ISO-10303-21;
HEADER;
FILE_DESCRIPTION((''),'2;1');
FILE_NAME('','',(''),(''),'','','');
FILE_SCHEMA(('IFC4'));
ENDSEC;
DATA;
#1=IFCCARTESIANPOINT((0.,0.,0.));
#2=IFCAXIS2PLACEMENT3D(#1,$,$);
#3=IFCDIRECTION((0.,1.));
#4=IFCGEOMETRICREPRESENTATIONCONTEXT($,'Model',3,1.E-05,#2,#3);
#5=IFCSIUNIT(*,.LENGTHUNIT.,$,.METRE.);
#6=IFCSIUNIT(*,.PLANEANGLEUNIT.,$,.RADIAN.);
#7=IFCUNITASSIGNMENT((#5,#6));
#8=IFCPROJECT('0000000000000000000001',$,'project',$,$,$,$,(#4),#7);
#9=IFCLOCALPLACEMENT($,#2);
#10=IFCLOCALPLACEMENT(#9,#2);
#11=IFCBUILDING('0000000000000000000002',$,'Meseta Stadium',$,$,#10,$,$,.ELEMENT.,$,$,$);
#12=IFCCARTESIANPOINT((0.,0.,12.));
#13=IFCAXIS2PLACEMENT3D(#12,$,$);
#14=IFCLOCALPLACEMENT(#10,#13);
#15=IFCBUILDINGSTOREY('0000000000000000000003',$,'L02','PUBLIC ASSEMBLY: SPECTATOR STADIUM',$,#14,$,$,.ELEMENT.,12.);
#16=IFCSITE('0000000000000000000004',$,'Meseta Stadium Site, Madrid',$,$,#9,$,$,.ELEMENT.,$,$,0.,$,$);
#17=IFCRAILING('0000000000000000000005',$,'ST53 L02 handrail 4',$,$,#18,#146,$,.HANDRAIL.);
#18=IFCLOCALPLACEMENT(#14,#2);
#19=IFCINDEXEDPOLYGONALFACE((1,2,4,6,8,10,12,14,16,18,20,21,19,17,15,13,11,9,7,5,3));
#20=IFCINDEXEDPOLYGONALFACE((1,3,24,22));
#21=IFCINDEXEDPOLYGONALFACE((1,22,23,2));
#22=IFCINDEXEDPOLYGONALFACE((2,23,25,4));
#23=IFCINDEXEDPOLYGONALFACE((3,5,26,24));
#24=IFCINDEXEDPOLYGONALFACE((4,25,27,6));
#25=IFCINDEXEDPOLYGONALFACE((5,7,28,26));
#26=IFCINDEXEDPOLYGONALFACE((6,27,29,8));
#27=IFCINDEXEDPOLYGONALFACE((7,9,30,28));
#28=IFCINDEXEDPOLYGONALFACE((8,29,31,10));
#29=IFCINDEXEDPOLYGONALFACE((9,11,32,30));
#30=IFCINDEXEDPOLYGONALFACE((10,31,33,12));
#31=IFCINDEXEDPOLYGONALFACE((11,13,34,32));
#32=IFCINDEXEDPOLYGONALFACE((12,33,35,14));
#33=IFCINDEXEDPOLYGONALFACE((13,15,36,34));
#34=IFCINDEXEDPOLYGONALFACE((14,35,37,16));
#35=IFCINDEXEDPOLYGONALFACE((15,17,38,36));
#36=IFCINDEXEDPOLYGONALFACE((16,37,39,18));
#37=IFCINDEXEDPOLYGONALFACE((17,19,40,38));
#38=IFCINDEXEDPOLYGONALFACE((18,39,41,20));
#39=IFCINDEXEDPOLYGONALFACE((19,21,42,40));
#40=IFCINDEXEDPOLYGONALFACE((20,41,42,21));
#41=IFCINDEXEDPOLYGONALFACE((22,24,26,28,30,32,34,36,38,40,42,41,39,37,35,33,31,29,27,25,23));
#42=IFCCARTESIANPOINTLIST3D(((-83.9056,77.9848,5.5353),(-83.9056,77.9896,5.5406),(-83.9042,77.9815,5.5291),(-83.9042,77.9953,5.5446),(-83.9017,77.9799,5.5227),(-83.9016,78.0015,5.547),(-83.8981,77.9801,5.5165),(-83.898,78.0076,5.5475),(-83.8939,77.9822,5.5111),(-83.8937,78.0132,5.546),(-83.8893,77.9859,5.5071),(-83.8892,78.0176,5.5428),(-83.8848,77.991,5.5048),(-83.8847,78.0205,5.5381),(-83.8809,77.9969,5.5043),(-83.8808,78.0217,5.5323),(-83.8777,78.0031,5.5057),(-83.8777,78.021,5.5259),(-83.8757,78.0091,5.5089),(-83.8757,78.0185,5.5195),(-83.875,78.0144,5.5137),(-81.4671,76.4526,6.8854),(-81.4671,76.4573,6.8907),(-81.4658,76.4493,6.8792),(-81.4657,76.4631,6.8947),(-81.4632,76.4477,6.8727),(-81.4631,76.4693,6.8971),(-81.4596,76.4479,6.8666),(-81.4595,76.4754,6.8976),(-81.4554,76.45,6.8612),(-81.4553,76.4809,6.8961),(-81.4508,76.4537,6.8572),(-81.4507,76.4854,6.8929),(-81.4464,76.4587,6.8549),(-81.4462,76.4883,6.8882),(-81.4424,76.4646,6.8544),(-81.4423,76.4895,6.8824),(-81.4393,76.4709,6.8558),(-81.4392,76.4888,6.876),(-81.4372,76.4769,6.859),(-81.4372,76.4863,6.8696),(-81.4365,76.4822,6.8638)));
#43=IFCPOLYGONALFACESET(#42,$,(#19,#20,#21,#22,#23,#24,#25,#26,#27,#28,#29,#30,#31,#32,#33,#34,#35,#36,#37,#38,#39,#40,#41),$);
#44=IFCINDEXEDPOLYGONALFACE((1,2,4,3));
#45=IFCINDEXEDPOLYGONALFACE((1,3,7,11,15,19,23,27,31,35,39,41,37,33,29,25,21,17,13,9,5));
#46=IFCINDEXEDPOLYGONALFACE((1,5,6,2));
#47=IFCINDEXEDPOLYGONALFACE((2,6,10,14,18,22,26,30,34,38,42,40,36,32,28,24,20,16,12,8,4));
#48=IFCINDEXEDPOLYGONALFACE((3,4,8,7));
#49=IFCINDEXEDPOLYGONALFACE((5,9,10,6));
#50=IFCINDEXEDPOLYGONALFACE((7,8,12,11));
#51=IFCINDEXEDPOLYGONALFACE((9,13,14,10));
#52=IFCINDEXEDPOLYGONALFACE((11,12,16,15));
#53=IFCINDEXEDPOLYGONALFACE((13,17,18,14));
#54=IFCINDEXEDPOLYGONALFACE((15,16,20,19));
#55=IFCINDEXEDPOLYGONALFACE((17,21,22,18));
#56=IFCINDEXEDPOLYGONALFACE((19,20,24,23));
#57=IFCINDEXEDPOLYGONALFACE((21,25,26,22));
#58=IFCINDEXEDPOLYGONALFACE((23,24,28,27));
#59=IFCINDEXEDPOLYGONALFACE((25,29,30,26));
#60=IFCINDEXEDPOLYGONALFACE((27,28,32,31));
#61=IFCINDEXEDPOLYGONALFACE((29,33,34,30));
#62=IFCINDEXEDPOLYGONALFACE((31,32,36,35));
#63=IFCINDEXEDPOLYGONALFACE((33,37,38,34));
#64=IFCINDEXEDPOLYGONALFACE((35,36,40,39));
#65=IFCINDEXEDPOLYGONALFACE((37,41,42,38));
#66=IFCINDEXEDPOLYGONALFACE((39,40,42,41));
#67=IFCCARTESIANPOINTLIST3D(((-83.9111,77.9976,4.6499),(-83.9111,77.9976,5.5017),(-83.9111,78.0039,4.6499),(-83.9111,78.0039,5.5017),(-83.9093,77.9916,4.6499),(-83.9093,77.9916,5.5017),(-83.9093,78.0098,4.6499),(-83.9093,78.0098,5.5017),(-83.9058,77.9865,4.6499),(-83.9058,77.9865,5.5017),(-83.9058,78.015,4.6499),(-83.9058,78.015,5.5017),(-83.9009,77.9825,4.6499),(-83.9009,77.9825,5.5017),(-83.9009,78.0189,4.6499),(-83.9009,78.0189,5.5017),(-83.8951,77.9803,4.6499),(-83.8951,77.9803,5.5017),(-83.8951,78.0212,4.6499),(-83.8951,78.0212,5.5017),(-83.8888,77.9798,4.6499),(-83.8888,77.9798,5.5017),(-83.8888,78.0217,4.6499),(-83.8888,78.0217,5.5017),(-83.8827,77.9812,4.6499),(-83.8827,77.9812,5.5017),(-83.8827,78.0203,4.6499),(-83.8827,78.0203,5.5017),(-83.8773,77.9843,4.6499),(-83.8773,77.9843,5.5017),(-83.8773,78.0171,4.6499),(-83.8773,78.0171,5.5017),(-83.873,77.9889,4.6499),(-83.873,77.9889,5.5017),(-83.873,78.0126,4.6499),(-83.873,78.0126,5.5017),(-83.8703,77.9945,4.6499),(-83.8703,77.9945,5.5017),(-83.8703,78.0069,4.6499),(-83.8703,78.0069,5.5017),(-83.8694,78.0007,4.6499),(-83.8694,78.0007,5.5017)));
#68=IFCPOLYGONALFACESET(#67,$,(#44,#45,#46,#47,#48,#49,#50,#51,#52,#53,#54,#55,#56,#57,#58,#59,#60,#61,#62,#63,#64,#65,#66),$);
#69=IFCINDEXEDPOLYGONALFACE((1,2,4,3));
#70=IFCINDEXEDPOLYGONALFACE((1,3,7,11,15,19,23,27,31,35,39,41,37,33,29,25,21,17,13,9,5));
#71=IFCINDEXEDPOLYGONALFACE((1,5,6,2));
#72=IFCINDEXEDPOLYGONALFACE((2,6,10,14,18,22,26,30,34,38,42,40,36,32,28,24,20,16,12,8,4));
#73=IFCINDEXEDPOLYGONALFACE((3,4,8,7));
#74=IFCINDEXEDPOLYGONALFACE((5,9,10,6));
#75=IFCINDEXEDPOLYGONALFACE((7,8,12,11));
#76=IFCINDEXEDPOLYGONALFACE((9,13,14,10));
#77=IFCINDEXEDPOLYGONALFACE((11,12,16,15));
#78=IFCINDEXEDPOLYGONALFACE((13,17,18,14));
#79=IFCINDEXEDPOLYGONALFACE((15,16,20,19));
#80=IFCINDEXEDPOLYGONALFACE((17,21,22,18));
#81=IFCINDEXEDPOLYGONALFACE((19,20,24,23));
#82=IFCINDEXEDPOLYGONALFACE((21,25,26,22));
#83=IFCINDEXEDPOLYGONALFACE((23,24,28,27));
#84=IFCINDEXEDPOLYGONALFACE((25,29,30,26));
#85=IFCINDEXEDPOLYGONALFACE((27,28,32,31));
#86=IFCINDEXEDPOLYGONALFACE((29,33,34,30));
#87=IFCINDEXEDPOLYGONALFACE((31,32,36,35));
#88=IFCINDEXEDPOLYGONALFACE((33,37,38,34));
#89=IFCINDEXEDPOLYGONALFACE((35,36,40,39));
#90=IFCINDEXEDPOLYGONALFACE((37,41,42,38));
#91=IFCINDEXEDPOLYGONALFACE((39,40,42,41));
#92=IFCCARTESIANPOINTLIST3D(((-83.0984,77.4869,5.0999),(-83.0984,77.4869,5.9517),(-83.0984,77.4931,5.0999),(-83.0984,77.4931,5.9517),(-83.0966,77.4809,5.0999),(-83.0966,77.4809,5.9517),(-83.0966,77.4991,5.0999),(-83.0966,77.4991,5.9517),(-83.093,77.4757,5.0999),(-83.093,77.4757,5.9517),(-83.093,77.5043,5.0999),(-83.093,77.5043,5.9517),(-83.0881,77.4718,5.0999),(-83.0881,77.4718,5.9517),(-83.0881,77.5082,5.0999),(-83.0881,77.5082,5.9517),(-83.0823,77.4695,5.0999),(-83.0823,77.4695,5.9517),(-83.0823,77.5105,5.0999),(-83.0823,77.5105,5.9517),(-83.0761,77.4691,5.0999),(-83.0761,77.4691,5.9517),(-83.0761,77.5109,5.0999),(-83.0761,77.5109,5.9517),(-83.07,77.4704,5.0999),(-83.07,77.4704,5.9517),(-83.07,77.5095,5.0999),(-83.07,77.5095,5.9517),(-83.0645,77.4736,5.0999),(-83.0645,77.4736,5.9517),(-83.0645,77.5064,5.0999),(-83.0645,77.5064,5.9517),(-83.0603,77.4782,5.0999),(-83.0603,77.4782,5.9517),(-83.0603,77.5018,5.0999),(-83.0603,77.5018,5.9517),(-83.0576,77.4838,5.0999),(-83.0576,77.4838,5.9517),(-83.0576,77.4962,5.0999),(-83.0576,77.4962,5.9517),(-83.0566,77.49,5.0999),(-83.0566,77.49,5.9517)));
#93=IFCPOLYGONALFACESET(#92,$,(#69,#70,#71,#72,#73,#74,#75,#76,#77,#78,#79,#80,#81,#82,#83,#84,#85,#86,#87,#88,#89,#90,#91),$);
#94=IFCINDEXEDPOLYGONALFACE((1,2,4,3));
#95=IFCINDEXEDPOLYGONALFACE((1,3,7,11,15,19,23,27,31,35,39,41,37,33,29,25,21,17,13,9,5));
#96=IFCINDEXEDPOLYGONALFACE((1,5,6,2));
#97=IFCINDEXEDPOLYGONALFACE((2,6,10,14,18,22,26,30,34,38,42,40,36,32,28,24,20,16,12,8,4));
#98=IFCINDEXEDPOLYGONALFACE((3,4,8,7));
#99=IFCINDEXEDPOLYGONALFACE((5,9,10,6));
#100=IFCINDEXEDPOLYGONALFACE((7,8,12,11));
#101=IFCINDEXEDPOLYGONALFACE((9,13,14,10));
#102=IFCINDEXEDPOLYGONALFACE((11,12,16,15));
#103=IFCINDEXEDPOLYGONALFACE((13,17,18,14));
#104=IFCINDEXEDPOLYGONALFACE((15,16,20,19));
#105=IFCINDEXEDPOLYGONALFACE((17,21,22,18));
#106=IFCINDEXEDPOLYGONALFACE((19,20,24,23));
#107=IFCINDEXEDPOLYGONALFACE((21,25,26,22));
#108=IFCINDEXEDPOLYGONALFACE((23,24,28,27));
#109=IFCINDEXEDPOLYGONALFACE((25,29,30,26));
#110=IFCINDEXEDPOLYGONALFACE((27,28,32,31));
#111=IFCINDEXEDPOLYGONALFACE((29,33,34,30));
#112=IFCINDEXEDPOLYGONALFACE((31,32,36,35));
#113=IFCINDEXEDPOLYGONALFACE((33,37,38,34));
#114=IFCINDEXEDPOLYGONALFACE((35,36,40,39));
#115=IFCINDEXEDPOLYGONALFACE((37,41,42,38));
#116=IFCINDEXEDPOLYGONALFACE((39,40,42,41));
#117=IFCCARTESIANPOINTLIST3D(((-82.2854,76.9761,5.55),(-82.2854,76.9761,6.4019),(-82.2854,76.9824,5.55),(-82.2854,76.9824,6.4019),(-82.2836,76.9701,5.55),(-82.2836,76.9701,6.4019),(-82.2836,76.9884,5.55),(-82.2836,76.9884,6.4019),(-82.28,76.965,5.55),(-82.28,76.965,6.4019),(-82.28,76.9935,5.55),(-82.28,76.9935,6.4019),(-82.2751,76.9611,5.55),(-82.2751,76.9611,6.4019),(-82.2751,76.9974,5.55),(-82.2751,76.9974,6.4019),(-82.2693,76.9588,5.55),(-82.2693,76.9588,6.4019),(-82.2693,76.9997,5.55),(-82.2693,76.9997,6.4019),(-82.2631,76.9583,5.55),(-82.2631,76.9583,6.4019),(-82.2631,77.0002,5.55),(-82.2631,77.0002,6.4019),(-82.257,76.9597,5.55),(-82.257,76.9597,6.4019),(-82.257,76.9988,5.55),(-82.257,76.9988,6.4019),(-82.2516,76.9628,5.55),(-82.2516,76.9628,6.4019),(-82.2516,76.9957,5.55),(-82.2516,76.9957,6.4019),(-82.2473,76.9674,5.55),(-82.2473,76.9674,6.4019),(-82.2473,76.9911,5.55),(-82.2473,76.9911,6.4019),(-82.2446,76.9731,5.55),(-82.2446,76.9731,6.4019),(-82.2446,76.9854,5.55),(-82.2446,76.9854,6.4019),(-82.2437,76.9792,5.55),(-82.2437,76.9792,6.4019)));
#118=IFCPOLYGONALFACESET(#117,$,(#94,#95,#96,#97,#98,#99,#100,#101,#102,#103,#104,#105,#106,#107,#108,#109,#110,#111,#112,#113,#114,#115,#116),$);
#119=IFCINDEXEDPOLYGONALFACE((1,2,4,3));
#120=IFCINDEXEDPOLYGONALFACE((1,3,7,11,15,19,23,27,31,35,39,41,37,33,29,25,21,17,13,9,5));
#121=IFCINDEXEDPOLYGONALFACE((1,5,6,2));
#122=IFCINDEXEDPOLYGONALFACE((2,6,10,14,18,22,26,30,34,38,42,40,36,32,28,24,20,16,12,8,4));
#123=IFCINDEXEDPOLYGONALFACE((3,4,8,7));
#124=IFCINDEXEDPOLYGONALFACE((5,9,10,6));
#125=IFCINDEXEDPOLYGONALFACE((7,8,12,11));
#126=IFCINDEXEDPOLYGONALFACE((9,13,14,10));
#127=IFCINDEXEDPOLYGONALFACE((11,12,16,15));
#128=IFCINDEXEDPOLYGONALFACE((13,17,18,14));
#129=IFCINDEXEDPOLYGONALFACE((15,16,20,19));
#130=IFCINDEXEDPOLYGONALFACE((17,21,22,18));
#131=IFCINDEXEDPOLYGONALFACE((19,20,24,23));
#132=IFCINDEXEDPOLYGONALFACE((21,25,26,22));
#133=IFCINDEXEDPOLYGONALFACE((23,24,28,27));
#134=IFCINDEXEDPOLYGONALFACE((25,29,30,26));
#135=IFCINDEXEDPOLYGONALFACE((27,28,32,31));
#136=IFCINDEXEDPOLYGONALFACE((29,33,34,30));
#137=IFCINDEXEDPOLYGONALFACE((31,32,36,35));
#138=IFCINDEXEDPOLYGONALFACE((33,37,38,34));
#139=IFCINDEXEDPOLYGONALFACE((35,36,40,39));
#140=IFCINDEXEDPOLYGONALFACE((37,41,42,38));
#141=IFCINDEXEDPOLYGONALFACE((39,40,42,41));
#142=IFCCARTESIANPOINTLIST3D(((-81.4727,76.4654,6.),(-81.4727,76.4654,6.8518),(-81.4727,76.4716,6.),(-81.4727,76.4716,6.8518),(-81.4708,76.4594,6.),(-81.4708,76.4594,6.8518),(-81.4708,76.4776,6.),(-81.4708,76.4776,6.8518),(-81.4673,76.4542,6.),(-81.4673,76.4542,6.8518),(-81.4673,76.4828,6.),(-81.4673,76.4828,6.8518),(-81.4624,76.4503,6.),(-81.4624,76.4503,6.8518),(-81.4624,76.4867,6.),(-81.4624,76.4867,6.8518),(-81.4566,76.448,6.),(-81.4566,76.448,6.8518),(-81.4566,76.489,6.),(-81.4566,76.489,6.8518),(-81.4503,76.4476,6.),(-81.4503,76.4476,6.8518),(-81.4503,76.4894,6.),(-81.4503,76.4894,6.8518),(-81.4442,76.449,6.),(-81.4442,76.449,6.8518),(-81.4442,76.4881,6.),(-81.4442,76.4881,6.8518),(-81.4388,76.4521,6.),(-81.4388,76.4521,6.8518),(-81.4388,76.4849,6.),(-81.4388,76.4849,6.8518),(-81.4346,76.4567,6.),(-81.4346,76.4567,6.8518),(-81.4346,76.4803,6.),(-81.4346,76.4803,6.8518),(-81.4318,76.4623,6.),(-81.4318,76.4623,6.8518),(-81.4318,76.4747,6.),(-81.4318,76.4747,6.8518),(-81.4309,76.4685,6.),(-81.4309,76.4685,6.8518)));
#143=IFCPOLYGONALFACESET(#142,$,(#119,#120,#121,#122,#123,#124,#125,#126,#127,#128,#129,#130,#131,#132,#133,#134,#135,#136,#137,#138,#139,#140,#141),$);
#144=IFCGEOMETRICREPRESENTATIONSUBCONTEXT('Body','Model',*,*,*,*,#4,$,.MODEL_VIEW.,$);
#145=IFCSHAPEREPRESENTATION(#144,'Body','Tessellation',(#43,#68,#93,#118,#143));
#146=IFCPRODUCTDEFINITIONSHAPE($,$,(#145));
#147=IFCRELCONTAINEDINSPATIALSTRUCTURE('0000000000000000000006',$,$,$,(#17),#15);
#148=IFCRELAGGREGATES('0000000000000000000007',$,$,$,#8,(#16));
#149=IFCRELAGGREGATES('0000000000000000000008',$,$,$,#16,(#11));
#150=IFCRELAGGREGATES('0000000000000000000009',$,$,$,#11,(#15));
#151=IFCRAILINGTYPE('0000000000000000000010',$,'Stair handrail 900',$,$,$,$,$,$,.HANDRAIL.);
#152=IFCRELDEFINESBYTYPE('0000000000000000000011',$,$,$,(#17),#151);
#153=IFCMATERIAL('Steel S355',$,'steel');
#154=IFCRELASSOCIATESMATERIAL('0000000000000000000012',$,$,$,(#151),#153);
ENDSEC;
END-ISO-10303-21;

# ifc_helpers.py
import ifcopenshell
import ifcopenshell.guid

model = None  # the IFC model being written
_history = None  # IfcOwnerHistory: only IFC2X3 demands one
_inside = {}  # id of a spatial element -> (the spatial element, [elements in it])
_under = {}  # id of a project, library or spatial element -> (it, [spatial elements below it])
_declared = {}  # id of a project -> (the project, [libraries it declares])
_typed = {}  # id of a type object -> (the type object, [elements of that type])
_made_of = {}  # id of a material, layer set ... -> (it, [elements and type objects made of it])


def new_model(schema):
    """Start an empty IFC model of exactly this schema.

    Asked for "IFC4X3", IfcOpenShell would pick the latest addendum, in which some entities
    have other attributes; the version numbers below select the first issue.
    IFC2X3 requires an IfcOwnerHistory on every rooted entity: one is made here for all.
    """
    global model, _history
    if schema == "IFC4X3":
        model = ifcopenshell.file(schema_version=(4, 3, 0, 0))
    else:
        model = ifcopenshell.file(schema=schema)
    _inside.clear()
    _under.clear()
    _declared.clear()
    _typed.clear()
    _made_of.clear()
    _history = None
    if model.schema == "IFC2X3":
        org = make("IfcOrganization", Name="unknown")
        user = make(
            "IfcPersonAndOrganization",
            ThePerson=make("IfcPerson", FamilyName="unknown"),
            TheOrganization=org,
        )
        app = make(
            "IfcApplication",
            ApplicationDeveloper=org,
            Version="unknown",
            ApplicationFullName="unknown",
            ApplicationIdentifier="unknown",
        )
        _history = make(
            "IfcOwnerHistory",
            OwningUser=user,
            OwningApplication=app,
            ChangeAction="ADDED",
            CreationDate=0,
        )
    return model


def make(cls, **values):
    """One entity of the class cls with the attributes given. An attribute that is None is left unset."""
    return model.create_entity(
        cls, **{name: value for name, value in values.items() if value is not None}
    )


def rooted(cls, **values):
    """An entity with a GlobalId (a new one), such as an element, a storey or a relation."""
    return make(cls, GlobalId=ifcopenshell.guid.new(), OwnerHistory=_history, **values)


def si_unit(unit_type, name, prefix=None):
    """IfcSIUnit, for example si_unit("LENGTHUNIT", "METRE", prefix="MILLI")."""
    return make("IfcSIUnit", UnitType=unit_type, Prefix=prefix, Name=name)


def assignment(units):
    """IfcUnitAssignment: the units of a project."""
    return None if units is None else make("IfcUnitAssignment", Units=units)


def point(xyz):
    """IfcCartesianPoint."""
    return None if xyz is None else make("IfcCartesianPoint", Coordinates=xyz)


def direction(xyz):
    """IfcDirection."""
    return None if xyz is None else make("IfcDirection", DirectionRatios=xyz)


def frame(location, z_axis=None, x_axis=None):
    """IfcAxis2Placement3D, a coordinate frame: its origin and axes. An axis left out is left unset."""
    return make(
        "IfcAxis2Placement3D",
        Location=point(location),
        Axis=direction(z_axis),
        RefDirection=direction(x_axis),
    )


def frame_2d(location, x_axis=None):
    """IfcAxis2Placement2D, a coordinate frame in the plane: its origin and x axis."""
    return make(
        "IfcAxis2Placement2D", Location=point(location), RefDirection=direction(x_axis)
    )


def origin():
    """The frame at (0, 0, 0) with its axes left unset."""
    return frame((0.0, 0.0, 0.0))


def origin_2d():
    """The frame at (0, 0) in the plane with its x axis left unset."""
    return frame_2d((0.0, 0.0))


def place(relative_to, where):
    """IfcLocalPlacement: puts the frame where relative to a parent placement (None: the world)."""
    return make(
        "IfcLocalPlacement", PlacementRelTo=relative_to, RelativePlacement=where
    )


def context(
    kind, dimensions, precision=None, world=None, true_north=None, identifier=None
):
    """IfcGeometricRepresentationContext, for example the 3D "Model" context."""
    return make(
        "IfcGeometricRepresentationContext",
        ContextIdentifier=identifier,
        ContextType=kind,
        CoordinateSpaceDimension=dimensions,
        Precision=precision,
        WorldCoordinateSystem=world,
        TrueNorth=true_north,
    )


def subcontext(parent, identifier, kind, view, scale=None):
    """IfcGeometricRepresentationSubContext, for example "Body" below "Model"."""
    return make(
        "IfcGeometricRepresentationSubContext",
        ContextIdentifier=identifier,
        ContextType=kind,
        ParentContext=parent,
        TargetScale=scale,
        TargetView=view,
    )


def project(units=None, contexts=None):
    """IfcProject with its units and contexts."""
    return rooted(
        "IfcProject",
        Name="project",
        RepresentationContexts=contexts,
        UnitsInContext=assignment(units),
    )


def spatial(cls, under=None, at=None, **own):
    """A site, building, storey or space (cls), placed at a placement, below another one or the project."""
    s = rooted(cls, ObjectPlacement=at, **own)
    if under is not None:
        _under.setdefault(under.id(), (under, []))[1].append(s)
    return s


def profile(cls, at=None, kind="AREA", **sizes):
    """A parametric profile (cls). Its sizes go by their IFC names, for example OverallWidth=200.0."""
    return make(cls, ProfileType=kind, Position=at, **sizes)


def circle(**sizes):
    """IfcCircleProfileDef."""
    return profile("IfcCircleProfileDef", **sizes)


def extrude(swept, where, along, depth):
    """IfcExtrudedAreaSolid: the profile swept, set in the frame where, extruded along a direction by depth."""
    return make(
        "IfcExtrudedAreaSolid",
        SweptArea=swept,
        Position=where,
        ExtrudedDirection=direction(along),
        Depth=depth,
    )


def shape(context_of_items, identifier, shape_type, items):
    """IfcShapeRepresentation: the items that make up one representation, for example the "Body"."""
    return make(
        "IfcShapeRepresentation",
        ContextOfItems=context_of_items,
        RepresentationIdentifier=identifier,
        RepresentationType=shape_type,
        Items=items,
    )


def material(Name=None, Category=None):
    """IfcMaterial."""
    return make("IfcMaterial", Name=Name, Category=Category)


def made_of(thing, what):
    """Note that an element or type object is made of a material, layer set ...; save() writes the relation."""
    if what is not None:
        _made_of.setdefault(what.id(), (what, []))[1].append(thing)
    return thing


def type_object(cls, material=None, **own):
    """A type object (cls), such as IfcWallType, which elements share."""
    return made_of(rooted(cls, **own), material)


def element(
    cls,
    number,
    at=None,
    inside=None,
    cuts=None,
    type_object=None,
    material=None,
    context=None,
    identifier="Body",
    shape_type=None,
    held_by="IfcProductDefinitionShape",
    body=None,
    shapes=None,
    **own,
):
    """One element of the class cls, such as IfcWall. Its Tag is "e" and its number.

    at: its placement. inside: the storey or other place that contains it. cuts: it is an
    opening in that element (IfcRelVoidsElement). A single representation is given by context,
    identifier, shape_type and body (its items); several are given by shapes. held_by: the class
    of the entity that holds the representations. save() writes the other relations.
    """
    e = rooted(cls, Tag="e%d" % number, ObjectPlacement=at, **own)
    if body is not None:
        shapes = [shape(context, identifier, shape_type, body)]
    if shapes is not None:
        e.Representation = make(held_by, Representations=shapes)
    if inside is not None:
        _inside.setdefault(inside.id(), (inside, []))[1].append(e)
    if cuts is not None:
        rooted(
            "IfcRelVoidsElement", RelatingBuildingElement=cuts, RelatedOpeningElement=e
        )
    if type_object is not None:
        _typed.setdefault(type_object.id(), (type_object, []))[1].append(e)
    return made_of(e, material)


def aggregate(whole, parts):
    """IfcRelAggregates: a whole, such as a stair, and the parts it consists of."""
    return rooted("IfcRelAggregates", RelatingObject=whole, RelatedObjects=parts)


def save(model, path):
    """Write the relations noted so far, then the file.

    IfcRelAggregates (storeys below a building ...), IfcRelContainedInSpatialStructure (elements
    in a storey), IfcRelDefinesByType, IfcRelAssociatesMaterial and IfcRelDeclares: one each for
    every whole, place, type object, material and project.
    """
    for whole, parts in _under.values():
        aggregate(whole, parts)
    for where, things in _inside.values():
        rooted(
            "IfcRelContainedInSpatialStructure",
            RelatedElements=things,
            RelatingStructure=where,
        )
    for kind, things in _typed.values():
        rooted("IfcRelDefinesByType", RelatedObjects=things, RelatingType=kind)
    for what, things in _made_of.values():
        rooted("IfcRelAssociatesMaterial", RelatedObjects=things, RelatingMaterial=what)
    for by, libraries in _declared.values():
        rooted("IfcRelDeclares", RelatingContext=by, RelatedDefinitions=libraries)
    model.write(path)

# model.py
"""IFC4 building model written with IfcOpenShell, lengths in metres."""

from ifc_helpers import new_model, si_unit, direction, frame, origin, origin_2d, place, context, subcontext, project, spatial, circle, extrude, material, type_object, element, save


model = new_model("IFC4")

# Units and contexts
model_context = context("Model", 3, precision=1e-05, world=origin(), true_north=direction((0.0, 1.0)))
body_context = subcontext(model_context, "Body", "Model", "MODEL_VIEW")
ifc_project = project(units=[si_unit("LENGTHUNIT", "METRE"), si_unit("PLANEANGLEUNIT", "RADIAN")], contexts=[model_context])

# Site, building, storey
site_placement = place(None, origin())
site = spatial("IfcSite", under=ifc_project, at=site_placement, Name="Meseta Stadium Site, Madrid", CompositionType="ELEMENT", RefElevation=0.0)
building_placement = place(site_placement, origin())
building = spatial("IfcBuilding", under=site, at=building_placement, Name="Meseta Stadium", CompositionType="ELEMENT")
storey_placement = place(building_placement, frame((0.0, 0.0, 12.0)))
storey = spatial("IfcBuildingStorey", under=building, at=storey_placement, Name="L02", Description="PUBLIC ASSEMBLY: SPECTATOR STADIUM", CompositionType="ELEMENT", Elevation=12.0)

# Railing
ifc_material_1 = material(Name="Steel S355", Category="steel")
railing_type_1 = type_object("IfcRailingType", Name="Stair handrail 900", PredefinedType="HANDRAIL", material=ifc_material_1)
for number, where, name in (
    (1, (-83.8904, 78.0007, 4.6499), "ST53 L02 handrail 4"),
):
    element("IfcRailing", number, at=place(storey_placement, frame(where)), inside=storey, type_object=railing_type_1, Name=name, PredefinedType="HANDRAIL", context=body_context, shape_type="SweptSolid", body=[
        extrude(circle(Radius=0.0239, at=origin_2d()), frame((0.0, 0.0, 0.876), z_axis=(0.766655, -0.481731, 0.42447), x_axis=(0.53204, 0.846719, 0.0)), (0.0, 0.0, 1.0), 3.1807),
        extrude(circle(Radius=0.021, at=origin_2d()), origin(), (0.0, 0.0, 1.0), 0.8518),
        extrude(circle(Radius=0.021, at=origin_2d()), frame((0.8127, -0.5107, 0.45)), (0.0, 0.0, 1.0), 0.8518),
        extrude(circle(Radius=0.021, at=origin_2d()), frame((1.6257, -1.0215, 0.9001)), (0.0, 0.0, 1.0), 0.8518),
        extrude(circle(Radius=0.021, at=origin_2d()), frame((2.4385, -1.5322, 1.3501)), (0.0, 0.0, 1.0), 0.8518),
    ])

save(model, "model.ifc")
